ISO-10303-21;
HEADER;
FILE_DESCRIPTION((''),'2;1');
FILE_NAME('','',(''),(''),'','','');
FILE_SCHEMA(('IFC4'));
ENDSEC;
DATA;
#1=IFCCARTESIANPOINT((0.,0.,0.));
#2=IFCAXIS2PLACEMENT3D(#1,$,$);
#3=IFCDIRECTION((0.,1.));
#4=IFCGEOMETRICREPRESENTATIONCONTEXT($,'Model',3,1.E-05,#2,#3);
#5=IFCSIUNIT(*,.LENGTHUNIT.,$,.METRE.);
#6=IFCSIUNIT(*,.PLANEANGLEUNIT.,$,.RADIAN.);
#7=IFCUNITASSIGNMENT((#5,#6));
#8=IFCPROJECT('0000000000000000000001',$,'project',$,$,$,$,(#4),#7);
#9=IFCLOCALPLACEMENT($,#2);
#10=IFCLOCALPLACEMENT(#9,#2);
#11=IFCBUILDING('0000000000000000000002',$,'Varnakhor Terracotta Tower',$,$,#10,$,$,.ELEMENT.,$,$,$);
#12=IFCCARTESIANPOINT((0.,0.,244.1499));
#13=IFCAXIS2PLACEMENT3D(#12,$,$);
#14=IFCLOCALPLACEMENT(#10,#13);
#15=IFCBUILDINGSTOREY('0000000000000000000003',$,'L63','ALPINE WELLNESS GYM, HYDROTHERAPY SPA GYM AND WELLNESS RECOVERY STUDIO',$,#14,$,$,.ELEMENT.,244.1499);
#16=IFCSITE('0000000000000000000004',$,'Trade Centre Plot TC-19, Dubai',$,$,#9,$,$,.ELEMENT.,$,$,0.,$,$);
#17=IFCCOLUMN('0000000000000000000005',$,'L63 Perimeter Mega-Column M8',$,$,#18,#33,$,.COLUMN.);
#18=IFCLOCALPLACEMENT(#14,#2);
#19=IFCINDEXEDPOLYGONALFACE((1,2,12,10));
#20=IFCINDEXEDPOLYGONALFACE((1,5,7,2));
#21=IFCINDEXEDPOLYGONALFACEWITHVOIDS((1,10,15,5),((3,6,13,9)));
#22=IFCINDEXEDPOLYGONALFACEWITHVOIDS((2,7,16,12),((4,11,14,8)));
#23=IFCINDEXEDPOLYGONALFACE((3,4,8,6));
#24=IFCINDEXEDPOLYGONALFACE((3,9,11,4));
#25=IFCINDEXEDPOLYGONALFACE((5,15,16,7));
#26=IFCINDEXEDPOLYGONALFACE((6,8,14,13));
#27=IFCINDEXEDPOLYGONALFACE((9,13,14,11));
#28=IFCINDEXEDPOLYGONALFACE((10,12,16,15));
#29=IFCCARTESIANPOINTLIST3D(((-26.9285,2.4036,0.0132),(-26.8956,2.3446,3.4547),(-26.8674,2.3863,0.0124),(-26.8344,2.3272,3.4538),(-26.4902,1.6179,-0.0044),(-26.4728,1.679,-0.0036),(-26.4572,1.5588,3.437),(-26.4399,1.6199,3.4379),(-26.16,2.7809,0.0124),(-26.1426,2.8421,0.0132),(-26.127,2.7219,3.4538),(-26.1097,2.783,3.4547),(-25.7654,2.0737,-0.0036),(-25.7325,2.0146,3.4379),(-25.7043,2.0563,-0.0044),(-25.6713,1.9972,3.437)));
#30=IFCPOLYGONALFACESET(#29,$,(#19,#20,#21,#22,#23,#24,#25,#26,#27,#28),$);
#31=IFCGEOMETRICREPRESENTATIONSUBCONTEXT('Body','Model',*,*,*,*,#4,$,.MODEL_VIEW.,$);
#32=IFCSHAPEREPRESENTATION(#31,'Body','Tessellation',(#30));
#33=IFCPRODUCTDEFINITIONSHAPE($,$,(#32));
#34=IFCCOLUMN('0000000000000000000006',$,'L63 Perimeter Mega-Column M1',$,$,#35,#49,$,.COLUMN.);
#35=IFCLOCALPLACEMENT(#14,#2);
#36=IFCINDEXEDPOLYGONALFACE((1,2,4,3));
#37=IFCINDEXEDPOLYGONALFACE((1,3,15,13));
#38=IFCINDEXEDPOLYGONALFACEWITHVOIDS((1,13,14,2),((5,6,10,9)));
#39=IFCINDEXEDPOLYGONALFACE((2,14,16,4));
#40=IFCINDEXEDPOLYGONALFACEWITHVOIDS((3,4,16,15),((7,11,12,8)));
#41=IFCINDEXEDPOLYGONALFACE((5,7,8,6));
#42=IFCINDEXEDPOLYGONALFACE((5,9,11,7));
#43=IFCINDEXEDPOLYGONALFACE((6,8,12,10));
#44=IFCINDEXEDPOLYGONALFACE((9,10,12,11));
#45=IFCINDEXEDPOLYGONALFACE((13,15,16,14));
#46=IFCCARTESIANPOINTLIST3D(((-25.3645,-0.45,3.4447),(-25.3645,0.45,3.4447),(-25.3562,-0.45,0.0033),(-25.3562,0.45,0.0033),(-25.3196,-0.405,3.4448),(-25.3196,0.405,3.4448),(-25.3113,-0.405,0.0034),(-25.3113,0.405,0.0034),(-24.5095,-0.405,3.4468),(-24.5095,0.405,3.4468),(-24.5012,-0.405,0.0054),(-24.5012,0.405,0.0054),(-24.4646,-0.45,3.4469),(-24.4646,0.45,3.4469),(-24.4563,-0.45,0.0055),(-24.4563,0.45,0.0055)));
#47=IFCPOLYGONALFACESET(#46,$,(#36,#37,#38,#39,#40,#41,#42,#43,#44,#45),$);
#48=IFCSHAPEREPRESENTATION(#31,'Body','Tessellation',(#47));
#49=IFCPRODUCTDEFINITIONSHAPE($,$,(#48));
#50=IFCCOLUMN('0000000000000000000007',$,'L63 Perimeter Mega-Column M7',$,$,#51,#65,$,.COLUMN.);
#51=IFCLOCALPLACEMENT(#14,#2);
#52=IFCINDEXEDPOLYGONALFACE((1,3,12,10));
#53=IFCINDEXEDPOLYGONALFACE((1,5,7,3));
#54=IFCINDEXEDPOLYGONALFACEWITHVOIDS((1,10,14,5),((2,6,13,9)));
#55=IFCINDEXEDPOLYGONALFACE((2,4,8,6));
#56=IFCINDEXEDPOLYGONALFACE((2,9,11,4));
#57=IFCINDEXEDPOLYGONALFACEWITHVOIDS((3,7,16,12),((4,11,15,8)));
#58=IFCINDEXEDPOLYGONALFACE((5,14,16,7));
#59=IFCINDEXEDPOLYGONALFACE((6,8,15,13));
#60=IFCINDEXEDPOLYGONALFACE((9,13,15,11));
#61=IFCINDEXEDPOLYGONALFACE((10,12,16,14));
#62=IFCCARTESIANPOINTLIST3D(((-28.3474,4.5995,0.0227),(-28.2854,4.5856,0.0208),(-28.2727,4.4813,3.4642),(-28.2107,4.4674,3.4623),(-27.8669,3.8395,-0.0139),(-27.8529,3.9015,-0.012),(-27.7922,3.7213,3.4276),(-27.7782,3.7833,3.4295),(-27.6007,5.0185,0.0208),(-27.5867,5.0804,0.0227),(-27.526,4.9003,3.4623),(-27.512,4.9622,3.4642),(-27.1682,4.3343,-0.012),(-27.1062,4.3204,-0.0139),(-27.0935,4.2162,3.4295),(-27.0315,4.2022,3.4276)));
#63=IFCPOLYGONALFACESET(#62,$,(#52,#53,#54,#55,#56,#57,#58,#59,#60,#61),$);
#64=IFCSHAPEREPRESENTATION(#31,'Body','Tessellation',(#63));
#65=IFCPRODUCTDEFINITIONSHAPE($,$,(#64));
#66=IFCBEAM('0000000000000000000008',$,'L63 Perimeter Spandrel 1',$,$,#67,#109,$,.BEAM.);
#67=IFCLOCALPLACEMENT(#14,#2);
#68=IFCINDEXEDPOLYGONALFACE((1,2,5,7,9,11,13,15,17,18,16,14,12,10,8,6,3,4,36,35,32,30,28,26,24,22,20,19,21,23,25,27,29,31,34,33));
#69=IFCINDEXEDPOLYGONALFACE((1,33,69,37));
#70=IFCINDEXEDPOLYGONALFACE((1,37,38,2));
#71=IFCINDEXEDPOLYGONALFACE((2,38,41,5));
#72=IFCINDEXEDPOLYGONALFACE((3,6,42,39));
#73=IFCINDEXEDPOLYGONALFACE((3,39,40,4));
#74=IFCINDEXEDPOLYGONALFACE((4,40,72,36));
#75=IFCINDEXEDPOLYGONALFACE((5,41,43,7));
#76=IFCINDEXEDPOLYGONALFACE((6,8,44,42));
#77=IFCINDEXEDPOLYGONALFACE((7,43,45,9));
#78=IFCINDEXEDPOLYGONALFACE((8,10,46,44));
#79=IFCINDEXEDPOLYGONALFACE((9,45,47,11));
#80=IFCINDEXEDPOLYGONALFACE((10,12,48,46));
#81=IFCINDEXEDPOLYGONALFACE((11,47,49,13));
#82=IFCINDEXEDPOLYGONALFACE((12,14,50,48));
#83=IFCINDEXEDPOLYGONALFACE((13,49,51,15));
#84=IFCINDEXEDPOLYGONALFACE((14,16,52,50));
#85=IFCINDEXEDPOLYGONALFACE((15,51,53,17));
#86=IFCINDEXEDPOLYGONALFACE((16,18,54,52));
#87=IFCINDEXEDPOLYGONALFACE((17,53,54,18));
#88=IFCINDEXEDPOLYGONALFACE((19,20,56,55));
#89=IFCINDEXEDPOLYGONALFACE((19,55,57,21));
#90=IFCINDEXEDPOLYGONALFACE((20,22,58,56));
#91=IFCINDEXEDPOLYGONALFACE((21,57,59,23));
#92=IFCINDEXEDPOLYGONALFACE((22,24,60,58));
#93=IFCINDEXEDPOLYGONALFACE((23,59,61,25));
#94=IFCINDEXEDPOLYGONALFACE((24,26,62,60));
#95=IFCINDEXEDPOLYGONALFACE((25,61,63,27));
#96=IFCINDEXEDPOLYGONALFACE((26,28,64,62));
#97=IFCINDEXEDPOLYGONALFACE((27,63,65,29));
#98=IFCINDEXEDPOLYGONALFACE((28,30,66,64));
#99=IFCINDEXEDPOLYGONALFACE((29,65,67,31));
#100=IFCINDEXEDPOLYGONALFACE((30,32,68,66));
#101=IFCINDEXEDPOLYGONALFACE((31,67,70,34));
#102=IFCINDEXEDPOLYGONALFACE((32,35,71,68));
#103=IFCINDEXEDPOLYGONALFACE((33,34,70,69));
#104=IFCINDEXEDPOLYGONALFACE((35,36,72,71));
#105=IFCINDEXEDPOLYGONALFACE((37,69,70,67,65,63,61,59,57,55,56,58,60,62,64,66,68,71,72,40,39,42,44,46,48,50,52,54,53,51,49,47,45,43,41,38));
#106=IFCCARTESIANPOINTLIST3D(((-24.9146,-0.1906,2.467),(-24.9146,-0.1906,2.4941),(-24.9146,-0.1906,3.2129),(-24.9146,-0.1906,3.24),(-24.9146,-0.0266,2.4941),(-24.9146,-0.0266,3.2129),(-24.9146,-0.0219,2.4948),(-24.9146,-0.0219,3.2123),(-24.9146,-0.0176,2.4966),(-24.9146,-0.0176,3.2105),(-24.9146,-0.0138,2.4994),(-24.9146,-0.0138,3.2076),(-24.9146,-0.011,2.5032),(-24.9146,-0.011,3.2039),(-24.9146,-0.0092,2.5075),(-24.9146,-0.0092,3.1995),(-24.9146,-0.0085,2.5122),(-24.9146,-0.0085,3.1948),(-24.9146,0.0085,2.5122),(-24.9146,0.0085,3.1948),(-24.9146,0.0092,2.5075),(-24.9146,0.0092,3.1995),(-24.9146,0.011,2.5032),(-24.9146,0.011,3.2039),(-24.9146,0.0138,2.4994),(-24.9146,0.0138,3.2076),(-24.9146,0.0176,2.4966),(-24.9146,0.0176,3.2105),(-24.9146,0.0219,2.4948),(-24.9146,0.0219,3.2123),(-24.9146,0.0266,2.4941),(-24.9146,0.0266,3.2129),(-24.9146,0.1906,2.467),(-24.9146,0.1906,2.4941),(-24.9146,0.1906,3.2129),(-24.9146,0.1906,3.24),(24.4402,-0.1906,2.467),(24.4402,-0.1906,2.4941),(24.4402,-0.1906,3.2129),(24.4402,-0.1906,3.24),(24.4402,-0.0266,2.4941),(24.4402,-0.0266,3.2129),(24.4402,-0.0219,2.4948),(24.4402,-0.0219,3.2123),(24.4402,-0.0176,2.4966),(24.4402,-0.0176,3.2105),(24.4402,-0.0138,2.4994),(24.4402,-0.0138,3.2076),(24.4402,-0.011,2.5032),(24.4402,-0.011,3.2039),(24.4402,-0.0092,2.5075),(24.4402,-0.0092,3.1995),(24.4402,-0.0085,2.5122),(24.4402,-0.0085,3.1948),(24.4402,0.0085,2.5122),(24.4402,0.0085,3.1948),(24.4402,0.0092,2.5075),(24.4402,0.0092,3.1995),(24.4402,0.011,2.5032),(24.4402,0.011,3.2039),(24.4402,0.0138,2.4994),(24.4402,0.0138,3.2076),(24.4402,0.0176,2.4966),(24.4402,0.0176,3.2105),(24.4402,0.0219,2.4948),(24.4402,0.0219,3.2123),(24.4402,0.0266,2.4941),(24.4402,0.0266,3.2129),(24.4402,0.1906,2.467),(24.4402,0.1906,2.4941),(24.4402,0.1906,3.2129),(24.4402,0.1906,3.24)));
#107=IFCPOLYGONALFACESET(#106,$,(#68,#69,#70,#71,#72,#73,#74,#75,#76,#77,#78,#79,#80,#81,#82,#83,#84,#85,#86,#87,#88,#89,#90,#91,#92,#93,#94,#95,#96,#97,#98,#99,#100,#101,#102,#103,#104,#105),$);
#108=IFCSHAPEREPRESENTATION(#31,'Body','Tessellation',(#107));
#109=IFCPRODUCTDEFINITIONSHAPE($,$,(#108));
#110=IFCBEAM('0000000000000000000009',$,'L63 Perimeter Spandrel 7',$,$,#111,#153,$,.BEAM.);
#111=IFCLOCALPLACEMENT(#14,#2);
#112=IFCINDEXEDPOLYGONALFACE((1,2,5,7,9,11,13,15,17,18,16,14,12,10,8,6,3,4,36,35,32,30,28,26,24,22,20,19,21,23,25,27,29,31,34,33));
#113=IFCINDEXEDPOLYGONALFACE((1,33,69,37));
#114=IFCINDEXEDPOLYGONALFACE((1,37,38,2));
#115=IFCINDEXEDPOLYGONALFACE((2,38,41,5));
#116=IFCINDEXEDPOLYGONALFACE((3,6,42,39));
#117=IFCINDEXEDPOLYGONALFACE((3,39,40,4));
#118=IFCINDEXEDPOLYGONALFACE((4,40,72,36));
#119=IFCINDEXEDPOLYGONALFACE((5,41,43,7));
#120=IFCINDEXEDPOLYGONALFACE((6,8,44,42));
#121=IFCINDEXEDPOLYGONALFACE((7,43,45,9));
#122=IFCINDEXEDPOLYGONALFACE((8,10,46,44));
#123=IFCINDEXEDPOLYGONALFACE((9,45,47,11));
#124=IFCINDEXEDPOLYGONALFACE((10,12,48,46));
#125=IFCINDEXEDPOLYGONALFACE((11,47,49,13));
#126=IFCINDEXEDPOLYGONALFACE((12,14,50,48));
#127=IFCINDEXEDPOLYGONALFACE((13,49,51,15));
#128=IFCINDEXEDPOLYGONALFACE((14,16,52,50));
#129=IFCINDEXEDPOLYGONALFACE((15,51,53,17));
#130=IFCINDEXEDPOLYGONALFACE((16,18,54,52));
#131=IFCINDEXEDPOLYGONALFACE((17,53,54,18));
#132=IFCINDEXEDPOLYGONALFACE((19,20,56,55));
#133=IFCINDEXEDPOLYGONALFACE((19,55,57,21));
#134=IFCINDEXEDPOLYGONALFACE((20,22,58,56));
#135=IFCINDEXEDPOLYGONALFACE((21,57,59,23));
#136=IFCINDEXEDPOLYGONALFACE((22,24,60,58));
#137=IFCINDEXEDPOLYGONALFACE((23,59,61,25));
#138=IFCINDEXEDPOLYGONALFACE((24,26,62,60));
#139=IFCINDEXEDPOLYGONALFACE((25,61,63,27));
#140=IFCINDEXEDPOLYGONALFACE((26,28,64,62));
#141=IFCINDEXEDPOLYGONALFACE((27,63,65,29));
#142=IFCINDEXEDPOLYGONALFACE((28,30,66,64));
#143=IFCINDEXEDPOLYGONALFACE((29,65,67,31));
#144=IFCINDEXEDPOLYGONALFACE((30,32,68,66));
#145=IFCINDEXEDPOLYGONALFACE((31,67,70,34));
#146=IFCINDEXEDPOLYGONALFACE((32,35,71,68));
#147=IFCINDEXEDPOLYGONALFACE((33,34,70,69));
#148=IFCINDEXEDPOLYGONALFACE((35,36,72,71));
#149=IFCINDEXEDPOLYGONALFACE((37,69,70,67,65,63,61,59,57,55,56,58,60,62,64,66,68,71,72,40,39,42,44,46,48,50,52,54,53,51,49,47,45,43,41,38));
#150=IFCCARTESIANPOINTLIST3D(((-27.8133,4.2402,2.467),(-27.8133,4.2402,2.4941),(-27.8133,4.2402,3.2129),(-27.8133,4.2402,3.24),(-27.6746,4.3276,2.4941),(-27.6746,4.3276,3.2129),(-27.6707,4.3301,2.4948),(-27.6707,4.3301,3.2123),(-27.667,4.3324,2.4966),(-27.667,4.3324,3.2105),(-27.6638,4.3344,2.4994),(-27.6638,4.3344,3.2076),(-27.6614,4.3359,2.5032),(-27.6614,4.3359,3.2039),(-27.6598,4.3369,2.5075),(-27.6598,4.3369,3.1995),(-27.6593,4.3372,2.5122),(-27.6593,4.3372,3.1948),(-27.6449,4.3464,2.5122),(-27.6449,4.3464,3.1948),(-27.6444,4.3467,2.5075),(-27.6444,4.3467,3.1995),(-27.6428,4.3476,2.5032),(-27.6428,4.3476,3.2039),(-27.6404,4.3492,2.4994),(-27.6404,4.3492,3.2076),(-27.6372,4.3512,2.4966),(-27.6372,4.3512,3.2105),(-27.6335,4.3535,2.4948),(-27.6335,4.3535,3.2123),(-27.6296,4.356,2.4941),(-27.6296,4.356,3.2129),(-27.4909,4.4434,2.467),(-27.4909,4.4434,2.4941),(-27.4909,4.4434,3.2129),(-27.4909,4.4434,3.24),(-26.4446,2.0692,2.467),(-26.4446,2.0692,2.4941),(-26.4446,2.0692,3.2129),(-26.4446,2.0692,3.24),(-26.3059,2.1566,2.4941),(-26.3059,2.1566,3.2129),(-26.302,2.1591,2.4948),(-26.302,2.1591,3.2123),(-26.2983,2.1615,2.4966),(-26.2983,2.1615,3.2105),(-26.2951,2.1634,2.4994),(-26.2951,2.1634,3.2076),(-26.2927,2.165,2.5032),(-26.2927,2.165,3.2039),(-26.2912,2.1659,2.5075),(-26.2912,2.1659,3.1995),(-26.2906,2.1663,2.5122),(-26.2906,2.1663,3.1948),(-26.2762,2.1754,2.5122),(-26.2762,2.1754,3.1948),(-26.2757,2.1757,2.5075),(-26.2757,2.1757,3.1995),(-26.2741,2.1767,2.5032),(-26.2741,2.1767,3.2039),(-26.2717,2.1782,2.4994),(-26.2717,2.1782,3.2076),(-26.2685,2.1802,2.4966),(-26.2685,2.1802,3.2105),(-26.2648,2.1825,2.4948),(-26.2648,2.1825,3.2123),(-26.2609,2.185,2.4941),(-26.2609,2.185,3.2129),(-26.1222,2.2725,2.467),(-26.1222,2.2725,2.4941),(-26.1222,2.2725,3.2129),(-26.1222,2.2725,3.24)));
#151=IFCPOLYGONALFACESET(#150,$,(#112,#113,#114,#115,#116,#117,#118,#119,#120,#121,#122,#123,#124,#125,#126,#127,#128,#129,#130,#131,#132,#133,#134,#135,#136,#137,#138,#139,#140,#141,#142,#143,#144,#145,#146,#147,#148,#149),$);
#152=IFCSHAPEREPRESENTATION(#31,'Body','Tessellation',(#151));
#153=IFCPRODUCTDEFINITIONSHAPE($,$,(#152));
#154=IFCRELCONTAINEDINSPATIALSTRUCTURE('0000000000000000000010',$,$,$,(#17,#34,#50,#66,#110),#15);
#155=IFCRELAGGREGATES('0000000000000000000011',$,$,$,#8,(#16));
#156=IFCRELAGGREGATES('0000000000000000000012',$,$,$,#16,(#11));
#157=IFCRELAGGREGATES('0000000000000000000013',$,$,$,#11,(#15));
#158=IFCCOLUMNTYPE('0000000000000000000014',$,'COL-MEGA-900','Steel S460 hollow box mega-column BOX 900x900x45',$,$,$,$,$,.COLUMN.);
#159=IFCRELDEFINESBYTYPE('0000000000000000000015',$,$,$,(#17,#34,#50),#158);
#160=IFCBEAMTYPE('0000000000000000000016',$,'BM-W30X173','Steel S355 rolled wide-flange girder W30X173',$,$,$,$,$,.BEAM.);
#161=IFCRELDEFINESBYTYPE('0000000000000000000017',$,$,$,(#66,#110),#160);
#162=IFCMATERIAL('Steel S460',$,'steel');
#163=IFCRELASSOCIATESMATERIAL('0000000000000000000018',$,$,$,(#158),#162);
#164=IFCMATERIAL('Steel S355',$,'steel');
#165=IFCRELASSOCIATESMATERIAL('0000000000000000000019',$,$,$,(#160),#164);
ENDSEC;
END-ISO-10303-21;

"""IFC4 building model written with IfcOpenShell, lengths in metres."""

from ifc_helpers import new_model, si_unit, direction, frame, origin, origin_2d, place, context, subcontext, project, spatial, hollow_rectangle, i_section, extrude, source, transform, mapped, material, material_profile, profile_set, type_object, element, save


model = new_model("IFC4")

# Units and contexts
model_context = context("Model", 3, precision=1e-05, world=origin(), true_north=direction((0.0, 1.0)))
body_context = subcontext(model_context, "Body", "Model", "MODEL_VIEW")
ifc_project = project(units=[si_unit("LENGTHUNIT", "METRE"), si_unit("PLANEANGLEUNIT", "RADIAN")], contexts=[model_context])

# Site, building, storey
site_placement = place(None, origin())
site = spatial("IfcSite", under=ifc_project, at=site_placement, Name="Trade Centre Plot TC-19, Dubai", CompositionType="ELEMENT", RefElevation=0.0)
building_placement = place(site_placement, origin())
building = spatial("IfcBuilding", under=site, at=building_placement, Name="Varnakhor Terracotta Tower", CompositionType="ELEMENT")
storey_placement = place(building_placement, frame((0.0, 0.0, 244.1499)))
storey = spatial("IfcBuildingStorey", under=building, at=storey_placement, Name="L63", Description="ALPINE WELLNESS GYM, HYDROTHERAPY SPA GYM AND WELLNESS RECOVERY STUDIO", CompositionType="ELEMENT", Elevation=244.1499)

# Columns
ifc_material_1 = material(Name="Steel S460", Category="steel")
ifc_material_profile_1 = material_profile(ifc_material_1, hollow_rectangle(XDim=0.8999, YDim=0.8999, WallThickness=0.0449, at=origin_2d()), Name="BOX 900x900x45")
ifc_profile_set_1 = profile_set([ifc_material_profile_1], Name="Steel S460")
column_type = type_object("IfcColumnType", Name="COL-MEGA-900", Description="Steel S460 hollow box mega-column BOX 900x900x45", PredefinedType="COLUMN", material=ifc_profile_set_1)
shared_shape_1 = source(origin(), body_context, "Body", "SweptSolid", [
    extrude(hollow_rectangle(XDim=0.8999, YDim=0.8999, WallThickness=0.0449, at=origin_2d()), origin(), (0.0, 0.0, 1.0), 3.4421),
])
column_1_placement = place(storey_placement, frame((-26.3164, 2.23, 0.0044), z_axis=(0.009575, -0.017165, 0.999807), x_axis=(0.873305, 0.487174, 0.0)))
element("IfcColumn", 1, at=column_1_placement, inside=storey, type_object=column_type, Name="L63 Perimeter Mega-Column M8", PredefinedType="COLUMN", context=body_context, shape_type="MappedRepresentation", body=[
    mapped(shared_shape_1, transform((0.0, 0.0, 0.0), scale=1.0)),
])
shared_shape_2 = source(origin(), body_context, "Body", "SweptSolid", [
    extrude(hollow_rectangle(XDim=0.8999, YDim=0.8999, WallThickness=0.0449, at=origin_2d()), origin(), (0.0, 0.0, 1.0), 3.4414),
])
column_2_placement = place(storey_placement, frame((-24.9062, 0.0, 0.0044), z_axis=(-0.002412, 0.0, 0.999997), x_axis=(0.0, -1.0, 0.0)))
element("IfcColumn", 2, at=column_2_placement, inside=storey, type_object=column_type, Name="L63 Perimeter Mega-Column M1", PredefinedType="COLUMN", context=body_context, shape_type="MappedRepresentation", body=[
    mapped(shared_shape_2, transform((0.0, 0.0, 0.0), scale=1.0)),
])
shared_shape_3 = source(origin(), body_context, "Body", "SweptSolid", [
    extrude(hollow_rectangle(XDim=0.8999, YDim=0.8999, WallThickness=0.0449, at=origin_2d()), origin(), (0.0, 0.0, 1.0), 3.4443),
])
column_3_placement = place(storey_placement, frame((-27.7268, 4.46, 0.0044), z_axis=(0.02169, -0.034308, 0.999176), x_axis=(0.84524, 0.534387, 0.0)))
element("IfcColumn", 3, at=column_3_placement, inside=storey, type_object=column_type, Name="L63 Perimeter Mega-Column M7", PredefinedType="COLUMN", context=body_context, shape_type="MappedRepresentation", body=[
    mapped(shared_shape_3, transform((0.0, 0.0, 0.0), scale=1.0)),
])

# Beams
ifc_material_2 = material(Name="Steel S355", Category="steel")
ifc_material_profile_2 = material_profile(ifc_material_2, i_section(OverallWidth=0.3811, OverallDepth=0.7729, WebThickness=0.0171, FlangeThickness=0.0271, FilletRadius=0.0181, at=origin_2d()), Name="W30X173")
ifc_profile_set_2 = profile_set([ifc_material_profile_2], Name="Steel S355")
beam_type_1 = type_object("IfcBeamType", Name="BM-W30X173", Description="Steel S355 rolled wide-flange girder W30X173", PredefinedType="BEAM", material=ifc_profile_set_2)
shared_shape_4 = source(origin(), body_context, "Body", "SweptSolid", [
    extrude(i_section(OverallWidth=0.3811, OverallDepth=0.7729, WebThickness=0.0171, FlangeThickness=0.0271, FilletRadius=0.0181, at=origin_2d()), origin(), (0.0, 0.0, 1.0), 49.3547),
])
beam_1_placement = place(storey_placement, frame((-24.9146, 0.0, 2.8535), z_axis=(1.0, 0.0, 0.0), x_axis=(0.0, 1.0, 0.0)))
element("IfcBeam", 4, at=beam_1_placement, inside=storey, type_object=beam_type_1, Name="L63 Perimeter Spandrel 1", PredefinedType="BEAM", context=body_context, shape_type="MappedRepresentation", body=[
    mapped(shared_shape_4, transform((0.0, 0.0, 0.0), scale=1.0)),
])
shared_shape_5 = source(origin(), body_context, "Body", "SweptSolid", [
    extrude(i_section(OverallWidth=0.3811, OverallDepth=0.7729, WebThickness=0.0171, FlangeThickness=0.0271, FilletRadius=0.0181, at=origin_2d()), origin(), (0.0, 0.0, 1.0), 2.5664),
])
for number, where, z_axis, x_axis, name in (
    (5, (-27.6521, 4.3418, 2.8535), (0.533313, -0.845918, 0.0), (0.845918, 0.533313, 0.0), "L63 Perimeter Spandrel 7"),
):
    element("IfcBeam", number, at=place(storey_placement, frame(where, z_axis=z_axis, x_axis=x_axis)), inside=storey, type_object=beam_type_1, Name=name, PredefinedType="BEAM", context=body_context, shape_type="MappedRepresentation", body=[
        mapped(shared_shape_5, transform((0.0, 0.0, 0.0), scale=1.0)),
    ])

save(model, "model.ifc")
